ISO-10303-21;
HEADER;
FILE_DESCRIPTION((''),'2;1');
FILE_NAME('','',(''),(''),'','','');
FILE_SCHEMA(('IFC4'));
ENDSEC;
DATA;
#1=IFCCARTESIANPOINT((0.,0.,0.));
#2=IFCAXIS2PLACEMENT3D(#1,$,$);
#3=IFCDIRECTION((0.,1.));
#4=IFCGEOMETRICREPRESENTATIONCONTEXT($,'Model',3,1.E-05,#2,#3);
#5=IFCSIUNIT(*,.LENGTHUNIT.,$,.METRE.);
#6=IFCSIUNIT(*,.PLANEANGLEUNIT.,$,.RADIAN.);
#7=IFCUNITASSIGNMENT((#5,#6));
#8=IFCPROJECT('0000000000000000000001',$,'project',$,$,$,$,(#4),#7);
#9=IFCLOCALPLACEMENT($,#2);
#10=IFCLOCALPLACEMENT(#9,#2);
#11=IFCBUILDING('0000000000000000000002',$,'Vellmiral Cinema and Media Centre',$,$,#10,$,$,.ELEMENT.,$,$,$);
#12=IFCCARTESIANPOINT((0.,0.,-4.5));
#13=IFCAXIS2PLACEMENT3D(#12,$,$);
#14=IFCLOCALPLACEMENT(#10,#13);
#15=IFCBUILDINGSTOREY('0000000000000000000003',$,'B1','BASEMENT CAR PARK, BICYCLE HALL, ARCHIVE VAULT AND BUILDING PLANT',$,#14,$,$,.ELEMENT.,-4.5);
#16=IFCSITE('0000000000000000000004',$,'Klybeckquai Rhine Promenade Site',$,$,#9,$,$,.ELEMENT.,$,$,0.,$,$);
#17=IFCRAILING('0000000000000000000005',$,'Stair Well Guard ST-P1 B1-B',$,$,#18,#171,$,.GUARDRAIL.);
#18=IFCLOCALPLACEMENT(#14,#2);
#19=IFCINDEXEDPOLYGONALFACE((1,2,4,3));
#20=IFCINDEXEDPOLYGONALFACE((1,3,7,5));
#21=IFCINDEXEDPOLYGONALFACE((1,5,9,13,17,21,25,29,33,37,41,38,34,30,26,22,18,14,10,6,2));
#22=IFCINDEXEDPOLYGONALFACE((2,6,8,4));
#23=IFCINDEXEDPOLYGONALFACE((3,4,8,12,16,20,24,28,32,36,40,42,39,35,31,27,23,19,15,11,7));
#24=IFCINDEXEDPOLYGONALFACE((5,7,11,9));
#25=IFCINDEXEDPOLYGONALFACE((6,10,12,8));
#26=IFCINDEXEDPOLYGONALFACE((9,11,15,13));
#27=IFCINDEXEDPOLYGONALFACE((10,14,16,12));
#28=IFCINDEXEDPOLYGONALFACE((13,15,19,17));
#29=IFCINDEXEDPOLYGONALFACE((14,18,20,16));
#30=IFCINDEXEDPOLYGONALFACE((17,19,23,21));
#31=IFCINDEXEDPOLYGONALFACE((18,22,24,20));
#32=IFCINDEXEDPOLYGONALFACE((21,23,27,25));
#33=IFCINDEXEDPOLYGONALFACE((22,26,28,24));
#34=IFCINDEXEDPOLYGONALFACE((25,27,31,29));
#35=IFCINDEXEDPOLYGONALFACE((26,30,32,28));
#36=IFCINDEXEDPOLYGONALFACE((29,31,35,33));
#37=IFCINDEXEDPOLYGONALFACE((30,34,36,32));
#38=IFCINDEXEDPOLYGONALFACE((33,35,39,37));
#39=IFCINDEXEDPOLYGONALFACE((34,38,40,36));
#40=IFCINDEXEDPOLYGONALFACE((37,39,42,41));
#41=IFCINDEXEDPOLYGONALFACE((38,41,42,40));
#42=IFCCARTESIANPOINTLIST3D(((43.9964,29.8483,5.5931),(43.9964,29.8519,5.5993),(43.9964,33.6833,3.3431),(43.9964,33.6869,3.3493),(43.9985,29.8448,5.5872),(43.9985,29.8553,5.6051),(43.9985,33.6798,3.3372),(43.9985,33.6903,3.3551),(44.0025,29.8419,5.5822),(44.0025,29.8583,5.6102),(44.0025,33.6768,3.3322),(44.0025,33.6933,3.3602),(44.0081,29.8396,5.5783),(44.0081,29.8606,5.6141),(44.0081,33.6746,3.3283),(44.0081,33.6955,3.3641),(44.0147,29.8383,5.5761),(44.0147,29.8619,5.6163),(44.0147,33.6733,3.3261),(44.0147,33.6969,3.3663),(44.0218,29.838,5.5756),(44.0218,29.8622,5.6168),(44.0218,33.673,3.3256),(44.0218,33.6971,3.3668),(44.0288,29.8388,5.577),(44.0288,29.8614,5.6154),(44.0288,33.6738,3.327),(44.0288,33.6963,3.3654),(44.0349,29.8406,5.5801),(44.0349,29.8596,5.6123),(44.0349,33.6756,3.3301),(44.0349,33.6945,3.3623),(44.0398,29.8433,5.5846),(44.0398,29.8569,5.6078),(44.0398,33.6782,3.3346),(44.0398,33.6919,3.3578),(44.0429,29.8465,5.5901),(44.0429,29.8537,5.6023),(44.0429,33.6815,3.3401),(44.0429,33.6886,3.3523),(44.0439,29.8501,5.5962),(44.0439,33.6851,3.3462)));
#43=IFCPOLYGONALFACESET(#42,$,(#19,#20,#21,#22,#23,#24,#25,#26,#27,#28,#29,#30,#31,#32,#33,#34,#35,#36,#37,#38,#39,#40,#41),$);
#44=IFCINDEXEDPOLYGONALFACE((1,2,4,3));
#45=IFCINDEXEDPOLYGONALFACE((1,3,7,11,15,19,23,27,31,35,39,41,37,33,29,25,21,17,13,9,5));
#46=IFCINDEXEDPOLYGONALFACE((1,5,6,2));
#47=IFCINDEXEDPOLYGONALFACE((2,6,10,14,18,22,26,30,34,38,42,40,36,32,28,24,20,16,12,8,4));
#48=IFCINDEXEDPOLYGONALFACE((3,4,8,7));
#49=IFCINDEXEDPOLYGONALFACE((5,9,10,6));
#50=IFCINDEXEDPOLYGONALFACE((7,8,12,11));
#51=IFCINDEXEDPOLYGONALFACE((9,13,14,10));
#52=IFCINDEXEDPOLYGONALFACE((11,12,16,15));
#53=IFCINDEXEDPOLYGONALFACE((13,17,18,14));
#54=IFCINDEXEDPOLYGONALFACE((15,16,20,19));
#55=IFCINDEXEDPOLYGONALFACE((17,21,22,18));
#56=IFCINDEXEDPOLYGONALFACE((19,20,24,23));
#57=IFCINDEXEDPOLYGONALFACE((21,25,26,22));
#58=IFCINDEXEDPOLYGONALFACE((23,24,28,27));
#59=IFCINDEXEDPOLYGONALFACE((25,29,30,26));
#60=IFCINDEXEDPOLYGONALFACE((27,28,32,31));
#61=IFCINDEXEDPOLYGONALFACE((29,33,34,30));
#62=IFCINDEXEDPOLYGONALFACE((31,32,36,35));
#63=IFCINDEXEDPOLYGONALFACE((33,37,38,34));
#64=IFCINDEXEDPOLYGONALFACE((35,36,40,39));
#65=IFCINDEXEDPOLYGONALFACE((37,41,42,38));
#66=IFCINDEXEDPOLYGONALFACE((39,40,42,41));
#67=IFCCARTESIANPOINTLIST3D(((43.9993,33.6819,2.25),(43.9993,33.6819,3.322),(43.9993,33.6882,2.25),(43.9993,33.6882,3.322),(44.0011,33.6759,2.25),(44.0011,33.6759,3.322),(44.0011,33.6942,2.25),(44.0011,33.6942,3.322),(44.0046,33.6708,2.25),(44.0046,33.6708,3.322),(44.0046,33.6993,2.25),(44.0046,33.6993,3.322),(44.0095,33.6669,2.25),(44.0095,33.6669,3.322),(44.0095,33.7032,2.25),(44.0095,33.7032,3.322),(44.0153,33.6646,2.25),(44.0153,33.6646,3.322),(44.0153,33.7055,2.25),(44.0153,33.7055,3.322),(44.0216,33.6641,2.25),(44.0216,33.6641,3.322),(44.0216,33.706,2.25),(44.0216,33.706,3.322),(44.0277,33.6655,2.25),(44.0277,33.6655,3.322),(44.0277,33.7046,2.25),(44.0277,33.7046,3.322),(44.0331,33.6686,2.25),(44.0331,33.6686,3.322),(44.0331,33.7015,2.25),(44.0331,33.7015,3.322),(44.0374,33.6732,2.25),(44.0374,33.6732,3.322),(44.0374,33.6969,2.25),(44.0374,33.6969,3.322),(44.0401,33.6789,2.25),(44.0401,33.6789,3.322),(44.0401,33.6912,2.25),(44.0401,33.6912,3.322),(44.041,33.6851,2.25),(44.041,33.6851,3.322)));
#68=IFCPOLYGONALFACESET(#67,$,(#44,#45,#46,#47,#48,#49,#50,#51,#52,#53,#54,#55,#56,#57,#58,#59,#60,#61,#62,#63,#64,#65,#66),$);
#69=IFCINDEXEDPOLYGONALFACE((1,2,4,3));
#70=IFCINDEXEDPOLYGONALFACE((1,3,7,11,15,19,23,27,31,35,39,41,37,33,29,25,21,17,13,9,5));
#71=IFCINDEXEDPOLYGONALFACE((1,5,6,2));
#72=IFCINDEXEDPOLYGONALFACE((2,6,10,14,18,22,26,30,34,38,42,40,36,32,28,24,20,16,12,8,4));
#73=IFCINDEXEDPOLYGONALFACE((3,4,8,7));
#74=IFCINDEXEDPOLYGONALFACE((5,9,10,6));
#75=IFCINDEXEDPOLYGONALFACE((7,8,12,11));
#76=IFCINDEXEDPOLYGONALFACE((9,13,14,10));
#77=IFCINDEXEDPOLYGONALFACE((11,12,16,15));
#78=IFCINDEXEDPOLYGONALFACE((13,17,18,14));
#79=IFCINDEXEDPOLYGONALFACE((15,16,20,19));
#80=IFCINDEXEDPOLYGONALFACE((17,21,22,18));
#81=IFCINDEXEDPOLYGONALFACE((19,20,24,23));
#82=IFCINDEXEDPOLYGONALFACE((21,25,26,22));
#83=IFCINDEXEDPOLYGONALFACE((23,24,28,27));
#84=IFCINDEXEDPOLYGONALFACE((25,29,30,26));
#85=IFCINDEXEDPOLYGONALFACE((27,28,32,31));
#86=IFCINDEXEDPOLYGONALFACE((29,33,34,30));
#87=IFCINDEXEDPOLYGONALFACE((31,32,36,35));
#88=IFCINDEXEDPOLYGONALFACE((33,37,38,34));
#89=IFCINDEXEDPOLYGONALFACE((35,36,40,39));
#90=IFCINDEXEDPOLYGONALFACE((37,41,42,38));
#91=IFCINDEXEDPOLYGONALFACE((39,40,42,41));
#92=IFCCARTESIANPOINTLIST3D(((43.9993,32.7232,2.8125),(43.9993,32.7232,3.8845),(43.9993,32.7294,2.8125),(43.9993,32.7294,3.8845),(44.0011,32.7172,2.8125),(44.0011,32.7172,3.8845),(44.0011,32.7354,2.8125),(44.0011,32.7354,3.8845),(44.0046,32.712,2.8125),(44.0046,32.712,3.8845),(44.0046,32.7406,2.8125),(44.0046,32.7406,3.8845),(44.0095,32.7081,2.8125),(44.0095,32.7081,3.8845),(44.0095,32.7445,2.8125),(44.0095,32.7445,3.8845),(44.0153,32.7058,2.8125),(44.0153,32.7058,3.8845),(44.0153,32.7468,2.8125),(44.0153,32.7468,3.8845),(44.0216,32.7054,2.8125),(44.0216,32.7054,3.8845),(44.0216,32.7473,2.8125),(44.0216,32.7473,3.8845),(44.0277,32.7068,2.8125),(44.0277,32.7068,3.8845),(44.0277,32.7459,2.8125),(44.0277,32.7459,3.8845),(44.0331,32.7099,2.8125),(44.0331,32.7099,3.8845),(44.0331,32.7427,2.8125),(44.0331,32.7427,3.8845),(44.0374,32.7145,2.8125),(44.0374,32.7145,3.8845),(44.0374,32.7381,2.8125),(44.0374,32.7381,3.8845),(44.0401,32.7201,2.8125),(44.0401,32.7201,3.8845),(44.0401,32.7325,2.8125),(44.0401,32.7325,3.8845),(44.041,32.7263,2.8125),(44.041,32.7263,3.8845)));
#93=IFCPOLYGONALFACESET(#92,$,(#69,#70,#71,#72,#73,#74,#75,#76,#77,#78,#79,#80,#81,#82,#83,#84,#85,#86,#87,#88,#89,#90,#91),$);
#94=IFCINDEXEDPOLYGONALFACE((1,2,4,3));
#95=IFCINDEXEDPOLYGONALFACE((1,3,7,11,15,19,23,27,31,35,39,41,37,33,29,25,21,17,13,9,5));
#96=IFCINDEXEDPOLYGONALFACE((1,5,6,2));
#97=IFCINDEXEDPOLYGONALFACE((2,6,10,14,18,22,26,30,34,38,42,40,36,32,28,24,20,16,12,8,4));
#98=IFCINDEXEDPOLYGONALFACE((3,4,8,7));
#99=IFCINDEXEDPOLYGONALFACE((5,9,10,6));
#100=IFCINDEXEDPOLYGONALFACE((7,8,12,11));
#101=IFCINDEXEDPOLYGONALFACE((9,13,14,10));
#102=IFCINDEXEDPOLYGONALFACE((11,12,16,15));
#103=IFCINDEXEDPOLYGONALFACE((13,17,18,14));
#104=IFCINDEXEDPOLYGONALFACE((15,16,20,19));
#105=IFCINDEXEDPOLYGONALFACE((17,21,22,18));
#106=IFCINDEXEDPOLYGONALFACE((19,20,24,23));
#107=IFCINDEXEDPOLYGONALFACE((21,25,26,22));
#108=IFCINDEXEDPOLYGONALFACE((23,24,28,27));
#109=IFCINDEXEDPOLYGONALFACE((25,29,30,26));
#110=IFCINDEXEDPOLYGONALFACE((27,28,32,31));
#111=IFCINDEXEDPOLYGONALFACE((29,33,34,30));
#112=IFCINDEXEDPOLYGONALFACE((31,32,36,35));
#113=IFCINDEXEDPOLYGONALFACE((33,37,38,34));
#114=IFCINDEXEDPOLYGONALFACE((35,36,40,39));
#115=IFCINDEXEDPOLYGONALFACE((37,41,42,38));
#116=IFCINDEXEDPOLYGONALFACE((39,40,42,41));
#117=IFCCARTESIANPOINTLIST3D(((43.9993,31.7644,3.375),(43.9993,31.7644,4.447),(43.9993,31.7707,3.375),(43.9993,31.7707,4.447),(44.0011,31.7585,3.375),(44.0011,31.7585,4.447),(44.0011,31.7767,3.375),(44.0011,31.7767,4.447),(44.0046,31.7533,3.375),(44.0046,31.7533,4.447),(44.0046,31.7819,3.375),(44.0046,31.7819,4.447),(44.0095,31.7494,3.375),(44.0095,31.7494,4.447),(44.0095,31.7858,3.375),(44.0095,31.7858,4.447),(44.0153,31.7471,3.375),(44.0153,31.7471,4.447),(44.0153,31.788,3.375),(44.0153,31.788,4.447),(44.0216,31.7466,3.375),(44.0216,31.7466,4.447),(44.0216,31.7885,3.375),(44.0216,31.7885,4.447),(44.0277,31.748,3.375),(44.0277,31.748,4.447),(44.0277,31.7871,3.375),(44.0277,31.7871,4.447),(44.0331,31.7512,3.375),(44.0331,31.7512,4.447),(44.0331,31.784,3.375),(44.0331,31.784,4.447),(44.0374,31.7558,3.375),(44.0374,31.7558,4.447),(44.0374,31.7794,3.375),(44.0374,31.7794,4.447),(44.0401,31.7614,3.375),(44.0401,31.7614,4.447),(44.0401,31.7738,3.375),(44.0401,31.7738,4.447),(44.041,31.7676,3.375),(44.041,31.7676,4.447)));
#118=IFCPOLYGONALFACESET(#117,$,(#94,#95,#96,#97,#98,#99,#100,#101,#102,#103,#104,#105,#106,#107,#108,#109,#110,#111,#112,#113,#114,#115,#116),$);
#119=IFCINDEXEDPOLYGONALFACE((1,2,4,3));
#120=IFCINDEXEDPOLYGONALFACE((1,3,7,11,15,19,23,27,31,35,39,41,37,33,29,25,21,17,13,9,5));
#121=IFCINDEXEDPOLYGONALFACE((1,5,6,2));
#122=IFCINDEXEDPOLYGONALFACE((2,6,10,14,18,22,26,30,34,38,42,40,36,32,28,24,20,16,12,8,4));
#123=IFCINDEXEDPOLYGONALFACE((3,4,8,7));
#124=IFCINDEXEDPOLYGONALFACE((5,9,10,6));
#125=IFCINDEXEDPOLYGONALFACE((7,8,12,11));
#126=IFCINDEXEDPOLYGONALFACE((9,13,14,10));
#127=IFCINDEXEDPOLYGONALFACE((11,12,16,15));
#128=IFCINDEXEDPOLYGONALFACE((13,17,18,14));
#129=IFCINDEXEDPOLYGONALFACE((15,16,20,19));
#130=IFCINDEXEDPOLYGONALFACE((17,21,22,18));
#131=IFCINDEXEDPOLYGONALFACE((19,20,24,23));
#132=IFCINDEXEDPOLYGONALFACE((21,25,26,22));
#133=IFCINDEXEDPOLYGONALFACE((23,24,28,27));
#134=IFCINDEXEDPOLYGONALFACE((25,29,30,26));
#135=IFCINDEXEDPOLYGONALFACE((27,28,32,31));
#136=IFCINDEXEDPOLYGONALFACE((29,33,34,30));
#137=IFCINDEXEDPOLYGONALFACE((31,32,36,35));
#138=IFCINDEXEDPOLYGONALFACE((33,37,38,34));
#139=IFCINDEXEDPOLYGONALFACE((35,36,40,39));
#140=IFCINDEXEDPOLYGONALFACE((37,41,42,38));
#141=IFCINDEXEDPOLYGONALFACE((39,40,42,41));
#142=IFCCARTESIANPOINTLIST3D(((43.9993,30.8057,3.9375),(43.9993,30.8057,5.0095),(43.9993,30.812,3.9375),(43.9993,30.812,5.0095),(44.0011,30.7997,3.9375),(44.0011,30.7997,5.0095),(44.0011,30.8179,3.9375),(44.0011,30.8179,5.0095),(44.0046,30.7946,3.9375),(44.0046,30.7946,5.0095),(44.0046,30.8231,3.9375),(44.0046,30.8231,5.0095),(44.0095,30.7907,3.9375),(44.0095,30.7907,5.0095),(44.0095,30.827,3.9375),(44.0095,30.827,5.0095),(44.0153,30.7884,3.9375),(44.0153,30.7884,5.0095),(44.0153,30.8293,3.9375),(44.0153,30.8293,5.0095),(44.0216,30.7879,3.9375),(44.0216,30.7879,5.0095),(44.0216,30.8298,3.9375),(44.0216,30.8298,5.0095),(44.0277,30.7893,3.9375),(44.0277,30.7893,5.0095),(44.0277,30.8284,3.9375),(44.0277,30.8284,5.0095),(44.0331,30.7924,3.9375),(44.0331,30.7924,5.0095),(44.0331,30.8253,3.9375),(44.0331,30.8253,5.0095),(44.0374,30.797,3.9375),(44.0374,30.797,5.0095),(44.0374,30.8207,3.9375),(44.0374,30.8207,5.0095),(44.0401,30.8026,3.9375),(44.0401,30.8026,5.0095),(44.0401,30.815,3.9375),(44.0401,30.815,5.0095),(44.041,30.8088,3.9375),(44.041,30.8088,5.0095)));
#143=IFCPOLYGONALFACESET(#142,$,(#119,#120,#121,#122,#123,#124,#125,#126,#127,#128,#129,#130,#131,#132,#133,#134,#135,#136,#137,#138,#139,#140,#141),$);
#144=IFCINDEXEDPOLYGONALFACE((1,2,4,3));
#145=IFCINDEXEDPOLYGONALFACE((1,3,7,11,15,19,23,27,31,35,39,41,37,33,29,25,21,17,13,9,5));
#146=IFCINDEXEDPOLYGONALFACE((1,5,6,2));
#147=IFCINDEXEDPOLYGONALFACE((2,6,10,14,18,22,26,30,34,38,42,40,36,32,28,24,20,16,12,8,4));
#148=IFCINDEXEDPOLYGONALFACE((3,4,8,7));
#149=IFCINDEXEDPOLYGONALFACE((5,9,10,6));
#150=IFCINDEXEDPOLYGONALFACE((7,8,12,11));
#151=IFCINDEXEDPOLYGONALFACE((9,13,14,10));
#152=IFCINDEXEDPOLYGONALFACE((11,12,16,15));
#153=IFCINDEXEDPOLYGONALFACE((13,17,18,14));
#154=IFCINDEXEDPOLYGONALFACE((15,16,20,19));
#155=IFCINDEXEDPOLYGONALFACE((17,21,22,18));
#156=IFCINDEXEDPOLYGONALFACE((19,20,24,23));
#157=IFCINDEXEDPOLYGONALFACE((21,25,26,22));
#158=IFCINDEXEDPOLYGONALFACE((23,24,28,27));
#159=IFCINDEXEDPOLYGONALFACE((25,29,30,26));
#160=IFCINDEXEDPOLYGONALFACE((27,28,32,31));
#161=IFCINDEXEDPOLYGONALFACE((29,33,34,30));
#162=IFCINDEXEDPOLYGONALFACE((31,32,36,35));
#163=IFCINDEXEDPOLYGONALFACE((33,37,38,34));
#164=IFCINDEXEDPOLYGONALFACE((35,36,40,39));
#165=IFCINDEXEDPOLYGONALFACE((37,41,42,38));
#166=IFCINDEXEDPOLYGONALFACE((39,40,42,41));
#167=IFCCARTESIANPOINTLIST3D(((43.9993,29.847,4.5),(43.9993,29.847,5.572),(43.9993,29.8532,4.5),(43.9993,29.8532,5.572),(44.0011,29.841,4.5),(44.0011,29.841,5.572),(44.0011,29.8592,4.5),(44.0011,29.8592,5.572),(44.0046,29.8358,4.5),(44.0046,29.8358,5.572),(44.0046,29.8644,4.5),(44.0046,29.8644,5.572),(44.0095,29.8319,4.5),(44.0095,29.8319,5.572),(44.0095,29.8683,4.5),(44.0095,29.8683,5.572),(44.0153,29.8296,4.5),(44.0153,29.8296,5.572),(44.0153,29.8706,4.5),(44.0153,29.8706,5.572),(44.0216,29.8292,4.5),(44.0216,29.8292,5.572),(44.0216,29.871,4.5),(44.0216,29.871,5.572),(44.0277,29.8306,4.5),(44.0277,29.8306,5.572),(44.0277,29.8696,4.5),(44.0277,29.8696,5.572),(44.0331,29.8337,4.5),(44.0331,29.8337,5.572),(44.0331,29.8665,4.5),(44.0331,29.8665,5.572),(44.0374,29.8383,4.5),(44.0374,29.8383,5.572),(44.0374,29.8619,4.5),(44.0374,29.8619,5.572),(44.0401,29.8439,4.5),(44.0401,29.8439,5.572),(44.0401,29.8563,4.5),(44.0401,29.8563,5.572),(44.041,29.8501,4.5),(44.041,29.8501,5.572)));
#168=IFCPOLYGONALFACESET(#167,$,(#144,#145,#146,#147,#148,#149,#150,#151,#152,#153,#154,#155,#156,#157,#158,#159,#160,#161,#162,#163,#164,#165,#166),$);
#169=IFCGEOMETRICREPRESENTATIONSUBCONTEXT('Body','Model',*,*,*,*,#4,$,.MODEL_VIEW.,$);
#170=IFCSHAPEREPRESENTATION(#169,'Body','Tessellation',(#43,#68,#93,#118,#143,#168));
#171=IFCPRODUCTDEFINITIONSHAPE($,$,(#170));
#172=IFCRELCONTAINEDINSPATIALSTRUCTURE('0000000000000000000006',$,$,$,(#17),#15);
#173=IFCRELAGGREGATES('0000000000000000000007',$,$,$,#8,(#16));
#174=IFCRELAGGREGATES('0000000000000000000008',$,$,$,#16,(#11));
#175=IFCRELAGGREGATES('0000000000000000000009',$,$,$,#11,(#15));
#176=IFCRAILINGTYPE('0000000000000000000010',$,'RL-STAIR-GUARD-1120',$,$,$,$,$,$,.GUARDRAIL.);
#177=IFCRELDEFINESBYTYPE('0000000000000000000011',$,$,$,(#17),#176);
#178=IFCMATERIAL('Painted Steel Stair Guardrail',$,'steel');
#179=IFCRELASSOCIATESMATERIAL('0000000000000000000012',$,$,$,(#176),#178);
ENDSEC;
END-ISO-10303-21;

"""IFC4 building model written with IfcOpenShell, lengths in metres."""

from ifc_helpers import new_model, si_unit, direction, frame, origin, origin_2d, place, context, subcontext, project, spatial, circle, extrude, material, type_object, element, save


model = new_model("IFC4")

# Units and contexts
model_context = context("Model", 3, precision=1e-05, world=origin(), true_north=direction((0.0, 1.0)))
body_context = subcontext(model_context, "Body", "Model", "MODEL_VIEW")
ifc_project = project(units=[si_unit("LENGTHUNIT", "METRE"), si_unit("PLANEANGLEUNIT", "RADIAN")], contexts=[model_context])

# Site, building, storey
site_placement = place(None, origin())
site = spatial("IfcSite", under=ifc_project, at=site_placement, Name="Klybeckquai Rhine Promenade Site", CompositionType="ELEMENT", RefElevation=0.0)
building_placement = place(site_placement, origin())
building = spatial("IfcBuilding", under=site, at=building_placement, Name="Vellmiral Cinema and Media Centre", CompositionType="ELEMENT")
storey_placement = place(building_placement, frame((0.0, 0.0, -4.5)))
storey = spatial("IfcBuildingStorey", under=building, at=storey_placement, Name="B1", Description="BASEMENT CAR PARK, BICYCLE HALL, ARCHIVE VAULT AND BUILDING PLANT", CompositionType="ELEMENT", Elevation=-4.5)

# Railing
ifc_material_1 = material(Name="Painted Steel Stair Guardrail", Category="steel")
railing_type_1 = type_object("IfcRailingType", Name="RL-STAIR-GUARD-1120", PredefinedType="GUARDRAIL", material=ifc_material_1)
railing_1_placement = place(storey_placement, frame((44.02, 33.6851, 2.25)))
element("IfcRailing", 1, at=railing_1_placement, inside=storey, type_object=railing_type_1, Name="Stair Well Guard ST-P1 B1-B", PredefinedType="GUARDRAIL", context=body_context, shape_type="SweptSolid", body=[
    extrude(circle(Radius=0.0239, at=origin_2d()), frame((0.0, 0.0, 1.0962), z_axis=(0.0, -0.86251, 0.506041), x_axis=(1.0, 0.0, 0.0)), (0.0, 0.0, 1.0), 4.4463),
    extrude(circle(Radius=0.021, at=origin_2d()), origin(), (0.0, 0.0, 1.0), 1.072),
    extrude(circle(Radius=0.021, at=origin_2d()), frame((0.0, -0.9587, 0.5625)), (0.0, 0.0, 1.0), 1.072),
    extrude(circle(Radius=0.021, at=origin_2d()), frame((0.0, -1.9175, 1.125)), (0.0, 0.0, 1.0), 1.072),
    extrude(circle(Radius=0.021, at=origin_2d()), frame((0.0, -2.8762, 1.6875)), (0.0, 0.0, 1.0), 1.072),
    extrude(circle(Radius=0.021, at=origin_2d()), frame((0.0, -3.835, 2.25)), (0.0, 0.0, 1.0), 1.072),
])

save(model, "model.ifc")
